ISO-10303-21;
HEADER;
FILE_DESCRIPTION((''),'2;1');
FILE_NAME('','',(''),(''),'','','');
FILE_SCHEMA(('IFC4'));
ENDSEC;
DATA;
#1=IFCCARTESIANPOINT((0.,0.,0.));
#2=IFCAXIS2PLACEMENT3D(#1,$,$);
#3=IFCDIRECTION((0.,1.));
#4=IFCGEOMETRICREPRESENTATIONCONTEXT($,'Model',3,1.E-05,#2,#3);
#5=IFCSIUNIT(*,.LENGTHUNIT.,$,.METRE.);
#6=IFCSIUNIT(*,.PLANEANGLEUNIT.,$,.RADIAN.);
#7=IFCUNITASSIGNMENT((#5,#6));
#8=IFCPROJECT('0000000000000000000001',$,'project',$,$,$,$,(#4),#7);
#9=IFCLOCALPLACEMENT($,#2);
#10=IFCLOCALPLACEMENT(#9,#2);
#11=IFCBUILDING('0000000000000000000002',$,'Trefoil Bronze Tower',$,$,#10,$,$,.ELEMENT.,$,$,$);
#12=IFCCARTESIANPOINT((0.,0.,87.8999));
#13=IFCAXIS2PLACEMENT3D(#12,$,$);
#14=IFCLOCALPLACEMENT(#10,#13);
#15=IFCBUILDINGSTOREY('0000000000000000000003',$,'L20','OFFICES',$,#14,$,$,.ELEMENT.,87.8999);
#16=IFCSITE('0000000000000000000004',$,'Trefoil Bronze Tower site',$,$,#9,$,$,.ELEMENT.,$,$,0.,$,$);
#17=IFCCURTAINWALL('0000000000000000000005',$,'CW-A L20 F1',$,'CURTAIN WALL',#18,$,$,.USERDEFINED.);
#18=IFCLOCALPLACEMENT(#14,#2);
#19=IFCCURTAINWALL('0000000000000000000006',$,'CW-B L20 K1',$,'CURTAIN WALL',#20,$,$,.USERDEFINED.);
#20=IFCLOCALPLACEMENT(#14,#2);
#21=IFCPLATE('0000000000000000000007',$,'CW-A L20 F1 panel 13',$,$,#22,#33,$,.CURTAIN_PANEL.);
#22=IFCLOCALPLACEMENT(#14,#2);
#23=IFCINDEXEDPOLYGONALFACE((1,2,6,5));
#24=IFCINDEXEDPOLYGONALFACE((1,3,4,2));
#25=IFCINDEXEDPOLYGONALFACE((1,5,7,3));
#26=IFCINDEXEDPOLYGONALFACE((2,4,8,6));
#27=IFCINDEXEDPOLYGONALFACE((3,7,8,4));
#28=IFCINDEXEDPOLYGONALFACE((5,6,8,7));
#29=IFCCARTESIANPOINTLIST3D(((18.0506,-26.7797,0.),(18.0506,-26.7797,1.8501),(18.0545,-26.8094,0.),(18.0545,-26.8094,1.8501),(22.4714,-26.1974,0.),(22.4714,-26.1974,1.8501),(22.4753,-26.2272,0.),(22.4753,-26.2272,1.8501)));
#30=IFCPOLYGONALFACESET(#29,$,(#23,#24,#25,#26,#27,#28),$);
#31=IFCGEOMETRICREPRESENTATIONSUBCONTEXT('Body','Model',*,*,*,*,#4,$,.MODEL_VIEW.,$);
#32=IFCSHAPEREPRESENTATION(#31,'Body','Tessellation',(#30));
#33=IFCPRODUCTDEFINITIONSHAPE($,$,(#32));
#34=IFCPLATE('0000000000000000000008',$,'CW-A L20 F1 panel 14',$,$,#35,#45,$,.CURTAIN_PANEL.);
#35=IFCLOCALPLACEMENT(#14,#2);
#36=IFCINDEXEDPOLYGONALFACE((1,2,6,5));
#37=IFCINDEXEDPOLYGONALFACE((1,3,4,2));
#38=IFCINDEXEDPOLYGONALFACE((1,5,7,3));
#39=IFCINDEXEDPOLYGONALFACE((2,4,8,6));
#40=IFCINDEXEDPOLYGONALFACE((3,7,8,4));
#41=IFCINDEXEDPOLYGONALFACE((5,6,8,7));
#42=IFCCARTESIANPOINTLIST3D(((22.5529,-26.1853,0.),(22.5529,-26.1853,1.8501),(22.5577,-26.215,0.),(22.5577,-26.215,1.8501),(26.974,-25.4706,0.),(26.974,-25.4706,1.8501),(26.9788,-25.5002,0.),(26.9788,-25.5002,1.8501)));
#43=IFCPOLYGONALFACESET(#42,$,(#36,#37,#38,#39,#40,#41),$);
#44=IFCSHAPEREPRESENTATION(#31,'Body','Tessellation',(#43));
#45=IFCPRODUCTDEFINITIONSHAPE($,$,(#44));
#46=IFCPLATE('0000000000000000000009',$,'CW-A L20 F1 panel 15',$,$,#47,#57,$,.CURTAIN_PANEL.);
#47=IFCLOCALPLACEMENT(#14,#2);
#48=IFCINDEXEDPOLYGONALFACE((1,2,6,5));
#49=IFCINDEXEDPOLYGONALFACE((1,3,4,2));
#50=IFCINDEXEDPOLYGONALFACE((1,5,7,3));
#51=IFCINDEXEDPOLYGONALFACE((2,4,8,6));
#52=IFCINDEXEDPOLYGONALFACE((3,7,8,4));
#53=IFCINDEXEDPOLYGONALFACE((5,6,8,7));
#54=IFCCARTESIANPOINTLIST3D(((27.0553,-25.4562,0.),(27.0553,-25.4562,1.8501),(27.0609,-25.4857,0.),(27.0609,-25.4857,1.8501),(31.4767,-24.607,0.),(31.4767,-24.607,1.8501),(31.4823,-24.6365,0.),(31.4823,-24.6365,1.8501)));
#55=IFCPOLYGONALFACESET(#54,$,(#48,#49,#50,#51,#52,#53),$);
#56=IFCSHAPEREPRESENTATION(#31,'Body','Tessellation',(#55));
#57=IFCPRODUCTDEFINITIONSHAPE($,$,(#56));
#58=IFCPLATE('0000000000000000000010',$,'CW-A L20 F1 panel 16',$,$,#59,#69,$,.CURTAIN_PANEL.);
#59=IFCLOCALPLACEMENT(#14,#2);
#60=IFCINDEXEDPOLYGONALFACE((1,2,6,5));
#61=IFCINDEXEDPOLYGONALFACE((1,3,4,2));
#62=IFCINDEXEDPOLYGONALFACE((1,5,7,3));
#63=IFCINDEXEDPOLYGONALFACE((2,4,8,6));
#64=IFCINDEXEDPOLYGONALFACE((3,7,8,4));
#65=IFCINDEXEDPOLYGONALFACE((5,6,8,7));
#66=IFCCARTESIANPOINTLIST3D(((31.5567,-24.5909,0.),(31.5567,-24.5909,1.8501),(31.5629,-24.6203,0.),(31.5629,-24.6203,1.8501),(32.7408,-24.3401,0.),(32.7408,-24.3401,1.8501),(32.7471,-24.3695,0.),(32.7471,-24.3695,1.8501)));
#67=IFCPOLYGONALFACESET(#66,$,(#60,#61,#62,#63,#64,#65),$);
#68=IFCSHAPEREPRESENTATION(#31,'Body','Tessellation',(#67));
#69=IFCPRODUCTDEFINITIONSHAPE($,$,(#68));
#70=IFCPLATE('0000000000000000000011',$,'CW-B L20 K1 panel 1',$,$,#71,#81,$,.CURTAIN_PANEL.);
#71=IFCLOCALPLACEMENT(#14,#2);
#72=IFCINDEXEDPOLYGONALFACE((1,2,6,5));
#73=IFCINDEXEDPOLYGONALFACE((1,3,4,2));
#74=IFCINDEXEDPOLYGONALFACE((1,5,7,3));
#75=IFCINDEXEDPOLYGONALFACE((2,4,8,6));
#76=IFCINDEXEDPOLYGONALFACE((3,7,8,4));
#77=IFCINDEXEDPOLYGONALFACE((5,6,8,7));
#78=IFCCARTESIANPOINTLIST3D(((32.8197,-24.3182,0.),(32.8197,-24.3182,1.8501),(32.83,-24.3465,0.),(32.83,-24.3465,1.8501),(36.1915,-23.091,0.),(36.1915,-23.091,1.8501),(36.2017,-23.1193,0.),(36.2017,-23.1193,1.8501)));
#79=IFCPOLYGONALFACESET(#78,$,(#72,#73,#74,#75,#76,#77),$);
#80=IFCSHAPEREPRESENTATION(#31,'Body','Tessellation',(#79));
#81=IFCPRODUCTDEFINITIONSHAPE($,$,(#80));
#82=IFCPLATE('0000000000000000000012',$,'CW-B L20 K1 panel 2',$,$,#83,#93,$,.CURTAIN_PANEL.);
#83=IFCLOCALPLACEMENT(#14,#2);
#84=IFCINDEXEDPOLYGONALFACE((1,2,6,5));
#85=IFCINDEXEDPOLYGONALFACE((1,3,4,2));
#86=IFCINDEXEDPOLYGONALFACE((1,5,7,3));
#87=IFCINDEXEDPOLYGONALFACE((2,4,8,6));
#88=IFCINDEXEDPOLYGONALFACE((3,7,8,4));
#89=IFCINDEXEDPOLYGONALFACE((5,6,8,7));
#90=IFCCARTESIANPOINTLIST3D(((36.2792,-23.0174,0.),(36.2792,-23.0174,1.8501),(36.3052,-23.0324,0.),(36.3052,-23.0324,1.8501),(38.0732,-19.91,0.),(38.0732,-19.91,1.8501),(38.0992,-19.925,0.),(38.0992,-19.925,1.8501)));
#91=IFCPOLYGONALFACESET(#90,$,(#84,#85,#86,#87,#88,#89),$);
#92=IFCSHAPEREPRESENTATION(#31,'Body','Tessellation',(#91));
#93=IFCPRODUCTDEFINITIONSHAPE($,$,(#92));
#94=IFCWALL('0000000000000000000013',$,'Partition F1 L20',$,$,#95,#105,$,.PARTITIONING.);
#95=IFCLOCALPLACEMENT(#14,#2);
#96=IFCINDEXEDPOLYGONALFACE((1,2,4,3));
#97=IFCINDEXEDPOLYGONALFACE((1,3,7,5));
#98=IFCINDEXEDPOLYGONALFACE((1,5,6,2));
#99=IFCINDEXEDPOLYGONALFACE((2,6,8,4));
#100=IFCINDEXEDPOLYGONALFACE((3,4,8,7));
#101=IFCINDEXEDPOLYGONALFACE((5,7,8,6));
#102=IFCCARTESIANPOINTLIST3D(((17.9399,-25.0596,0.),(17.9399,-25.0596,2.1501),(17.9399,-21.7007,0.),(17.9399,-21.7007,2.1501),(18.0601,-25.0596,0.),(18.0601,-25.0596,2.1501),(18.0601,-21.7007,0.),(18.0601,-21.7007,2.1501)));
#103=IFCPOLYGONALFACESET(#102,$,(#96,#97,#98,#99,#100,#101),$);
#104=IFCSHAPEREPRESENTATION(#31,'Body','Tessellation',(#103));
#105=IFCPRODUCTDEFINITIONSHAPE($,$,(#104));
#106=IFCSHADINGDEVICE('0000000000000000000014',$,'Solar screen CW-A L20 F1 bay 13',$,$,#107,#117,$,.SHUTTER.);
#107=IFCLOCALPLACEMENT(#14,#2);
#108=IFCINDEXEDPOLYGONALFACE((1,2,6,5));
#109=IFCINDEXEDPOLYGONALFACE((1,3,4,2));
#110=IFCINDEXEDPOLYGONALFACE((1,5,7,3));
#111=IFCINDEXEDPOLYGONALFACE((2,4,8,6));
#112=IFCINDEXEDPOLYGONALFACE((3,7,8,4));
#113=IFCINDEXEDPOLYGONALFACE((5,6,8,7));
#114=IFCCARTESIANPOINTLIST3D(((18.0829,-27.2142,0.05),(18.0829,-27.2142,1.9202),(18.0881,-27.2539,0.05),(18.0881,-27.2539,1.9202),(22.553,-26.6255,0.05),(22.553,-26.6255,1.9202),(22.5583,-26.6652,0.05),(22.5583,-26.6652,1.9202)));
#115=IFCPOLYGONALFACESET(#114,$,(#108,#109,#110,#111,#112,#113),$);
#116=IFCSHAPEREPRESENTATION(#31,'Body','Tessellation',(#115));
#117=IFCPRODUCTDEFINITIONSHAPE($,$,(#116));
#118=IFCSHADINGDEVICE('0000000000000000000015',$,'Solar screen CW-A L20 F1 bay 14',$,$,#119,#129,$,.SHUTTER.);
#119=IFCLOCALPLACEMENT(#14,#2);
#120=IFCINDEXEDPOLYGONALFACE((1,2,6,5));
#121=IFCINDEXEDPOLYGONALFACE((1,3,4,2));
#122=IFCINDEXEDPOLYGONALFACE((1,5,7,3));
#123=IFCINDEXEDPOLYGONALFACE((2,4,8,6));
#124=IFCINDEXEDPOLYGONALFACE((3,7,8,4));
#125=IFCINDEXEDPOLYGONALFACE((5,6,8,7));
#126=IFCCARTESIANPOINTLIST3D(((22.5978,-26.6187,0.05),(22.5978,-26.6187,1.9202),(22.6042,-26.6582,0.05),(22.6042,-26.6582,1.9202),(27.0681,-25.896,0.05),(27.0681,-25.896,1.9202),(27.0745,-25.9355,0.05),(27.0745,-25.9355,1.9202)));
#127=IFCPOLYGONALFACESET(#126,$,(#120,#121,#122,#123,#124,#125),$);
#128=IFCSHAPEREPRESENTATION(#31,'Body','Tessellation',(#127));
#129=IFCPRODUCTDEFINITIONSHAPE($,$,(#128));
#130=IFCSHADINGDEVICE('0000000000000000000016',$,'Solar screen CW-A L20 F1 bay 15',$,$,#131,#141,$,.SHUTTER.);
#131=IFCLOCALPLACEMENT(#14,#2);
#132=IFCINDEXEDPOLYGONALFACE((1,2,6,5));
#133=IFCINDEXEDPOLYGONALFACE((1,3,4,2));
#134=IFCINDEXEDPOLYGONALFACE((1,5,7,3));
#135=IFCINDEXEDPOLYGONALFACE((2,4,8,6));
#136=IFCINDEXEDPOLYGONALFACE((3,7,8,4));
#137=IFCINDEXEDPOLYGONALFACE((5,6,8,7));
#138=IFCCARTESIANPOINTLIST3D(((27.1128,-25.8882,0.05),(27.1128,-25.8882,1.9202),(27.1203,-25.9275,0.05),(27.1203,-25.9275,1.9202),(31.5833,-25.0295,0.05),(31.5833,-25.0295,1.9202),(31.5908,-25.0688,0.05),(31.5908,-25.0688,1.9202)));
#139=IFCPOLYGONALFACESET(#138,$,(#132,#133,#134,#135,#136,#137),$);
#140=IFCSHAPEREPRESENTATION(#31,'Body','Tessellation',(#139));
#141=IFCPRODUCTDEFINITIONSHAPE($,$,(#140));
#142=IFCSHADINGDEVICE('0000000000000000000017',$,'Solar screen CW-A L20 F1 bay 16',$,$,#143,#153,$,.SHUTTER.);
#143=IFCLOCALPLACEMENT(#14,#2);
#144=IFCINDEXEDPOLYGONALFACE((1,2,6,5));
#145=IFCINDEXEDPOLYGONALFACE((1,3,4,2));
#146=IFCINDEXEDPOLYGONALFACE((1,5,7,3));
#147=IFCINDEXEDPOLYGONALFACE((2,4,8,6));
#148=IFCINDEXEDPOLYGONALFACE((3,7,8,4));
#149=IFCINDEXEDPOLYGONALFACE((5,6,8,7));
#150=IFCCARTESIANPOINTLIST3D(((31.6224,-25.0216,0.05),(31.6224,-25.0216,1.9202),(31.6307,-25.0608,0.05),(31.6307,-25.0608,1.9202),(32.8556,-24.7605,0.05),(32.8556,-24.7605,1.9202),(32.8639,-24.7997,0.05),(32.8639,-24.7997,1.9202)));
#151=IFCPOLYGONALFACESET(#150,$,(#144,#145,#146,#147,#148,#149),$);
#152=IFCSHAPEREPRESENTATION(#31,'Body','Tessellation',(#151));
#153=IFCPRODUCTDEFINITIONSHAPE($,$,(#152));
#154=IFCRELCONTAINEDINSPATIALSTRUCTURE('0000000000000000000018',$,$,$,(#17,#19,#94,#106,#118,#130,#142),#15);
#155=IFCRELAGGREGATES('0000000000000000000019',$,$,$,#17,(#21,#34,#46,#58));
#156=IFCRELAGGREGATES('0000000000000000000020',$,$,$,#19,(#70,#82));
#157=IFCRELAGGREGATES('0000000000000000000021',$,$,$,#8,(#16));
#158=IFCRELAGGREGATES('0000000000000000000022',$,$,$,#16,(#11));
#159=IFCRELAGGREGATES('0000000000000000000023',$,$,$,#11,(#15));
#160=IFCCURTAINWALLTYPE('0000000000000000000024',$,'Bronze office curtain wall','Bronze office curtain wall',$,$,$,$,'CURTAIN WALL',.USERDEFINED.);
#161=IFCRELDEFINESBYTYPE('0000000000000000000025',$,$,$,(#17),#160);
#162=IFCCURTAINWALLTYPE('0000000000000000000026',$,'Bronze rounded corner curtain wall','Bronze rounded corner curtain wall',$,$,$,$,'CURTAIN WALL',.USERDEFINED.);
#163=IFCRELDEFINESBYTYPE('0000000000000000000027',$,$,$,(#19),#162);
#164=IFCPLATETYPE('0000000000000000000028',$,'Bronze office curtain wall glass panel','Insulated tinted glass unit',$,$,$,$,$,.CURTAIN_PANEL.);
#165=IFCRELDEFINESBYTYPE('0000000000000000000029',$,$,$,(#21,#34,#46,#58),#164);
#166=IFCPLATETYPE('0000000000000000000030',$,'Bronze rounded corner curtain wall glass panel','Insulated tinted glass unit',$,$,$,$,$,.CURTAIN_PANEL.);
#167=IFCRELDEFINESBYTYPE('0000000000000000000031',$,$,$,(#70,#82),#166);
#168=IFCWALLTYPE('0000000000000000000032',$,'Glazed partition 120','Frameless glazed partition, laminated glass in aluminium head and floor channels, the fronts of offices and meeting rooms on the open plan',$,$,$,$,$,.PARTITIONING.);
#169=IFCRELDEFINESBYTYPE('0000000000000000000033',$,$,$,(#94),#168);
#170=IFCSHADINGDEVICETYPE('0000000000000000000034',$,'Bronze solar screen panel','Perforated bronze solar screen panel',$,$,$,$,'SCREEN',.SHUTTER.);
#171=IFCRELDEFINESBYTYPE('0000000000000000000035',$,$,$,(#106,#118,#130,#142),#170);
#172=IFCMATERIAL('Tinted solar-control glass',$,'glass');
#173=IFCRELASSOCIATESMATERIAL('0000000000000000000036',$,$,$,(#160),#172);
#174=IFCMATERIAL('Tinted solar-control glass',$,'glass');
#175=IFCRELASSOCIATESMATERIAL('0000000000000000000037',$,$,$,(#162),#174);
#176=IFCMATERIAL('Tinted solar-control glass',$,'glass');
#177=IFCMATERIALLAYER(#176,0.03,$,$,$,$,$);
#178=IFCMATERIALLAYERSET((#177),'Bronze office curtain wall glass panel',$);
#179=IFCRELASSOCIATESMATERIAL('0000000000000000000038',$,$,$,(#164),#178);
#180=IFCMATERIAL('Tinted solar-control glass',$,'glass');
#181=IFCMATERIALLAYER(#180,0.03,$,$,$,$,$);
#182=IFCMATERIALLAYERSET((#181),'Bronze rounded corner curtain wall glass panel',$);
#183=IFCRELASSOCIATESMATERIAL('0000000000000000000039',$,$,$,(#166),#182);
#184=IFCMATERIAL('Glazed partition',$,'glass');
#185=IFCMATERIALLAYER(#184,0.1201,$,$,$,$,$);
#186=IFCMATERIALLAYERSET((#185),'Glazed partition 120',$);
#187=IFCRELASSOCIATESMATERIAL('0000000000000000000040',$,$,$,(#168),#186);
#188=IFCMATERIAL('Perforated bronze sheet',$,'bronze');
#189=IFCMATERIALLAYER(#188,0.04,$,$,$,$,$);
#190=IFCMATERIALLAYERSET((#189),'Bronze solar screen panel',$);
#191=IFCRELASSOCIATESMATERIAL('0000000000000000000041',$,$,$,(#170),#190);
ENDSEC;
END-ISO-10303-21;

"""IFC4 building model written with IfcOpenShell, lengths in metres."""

from ifc_helpers import new_model, si_unit, direction, frame, frame_2d, origin, origin_2d, place, context, subcontext, project, spatial, rectangle, extrude, material, layer, layer_set, type_object, element, aggregate, save


model = new_model("IFC4")

# Units and contexts
model_context = context("Model", 3, precision=1e-05, world=origin(), true_north=direction((0.0, 1.0)))
body_context = subcontext(model_context, "Body", "Model", "MODEL_VIEW")
ifc_project = project(units=[si_unit("LENGTHUNIT", "METRE"), si_unit("PLANEANGLEUNIT", "RADIAN")], contexts=[model_context])

# Site, building, storey
site_placement = place(None, origin())
site = spatial("IfcSite", under=ifc_project, at=site_placement, Name="Trefoil Bronze Tower site", CompositionType="ELEMENT", RefElevation=0.0)
building_placement = place(site_placement, origin())
building = spatial("IfcBuilding", under=site, at=building_placement, Name="Trefoil Bronze Tower", CompositionType="ELEMENT")
storey_placement = place(building_placement, frame((0.0, 0.0, 87.8999)))
storey = spatial("IfcBuildingStorey", under=building, at=storey_placement, Name="L20", Description="OFFICES", CompositionType="ELEMENT", Elevation=87.8999)

# Curtain walls
ifc_material_1 = material(Name="Tinted solar-control glass", Category="glass")
curtain_wall_type_1 = type_object("IfcCurtainWallType", Name="Bronze office curtain wall", Description="Bronze office curtain wall", ElementType="CURTAIN WALL", PredefinedType="USERDEFINED", material=ifc_material_1)
curtain_wall_1_placement = place(storey_placement, origin())
curtain_wall_1 = element("IfcCurtainWall", 1, at=curtain_wall_1_placement, inside=storey, type_object=curtain_wall_type_1, Name="CW-A L20 F1", ObjectType="CURTAIN WALL", PredefinedType="USERDEFINED")
ifc_material_2 = material(Name="Tinted solar-control glass", Category="glass")
curtain_wall_type_2 = type_object("IfcCurtainWallType", Name="Bronze rounded corner curtain wall", Description="Bronze rounded corner curtain wall", ElementType="CURTAIN WALL", PredefinedType="USERDEFINED", material=ifc_material_2)
curtain_wall_2_placement = place(storey_placement, origin())
curtain_wall_2 = element("IfcCurtainWall", 2, at=curtain_wall_2_placement, inside=storey, type_object=curtain_wall_type_2, Name="CW-B L20 K1", ObjectType="CURTAIN WALL", PredefinedType="USERDEFINED")

# Plates
ifc_material_3 = material(Name="Tinted solar-control glass", Category="glass")
ifc_layer_1 = layer(ifc_material_3, 0.03)
ifc_layer_set_1 = layer_set([ifc_layer_1], Name="Bronze office curtain wall glass panel")
plate_type_1 = type_object("IfcPlateType", Name="Bronze office curtain wall glass panel", Description="Insulated tinted glass unit", PredefinedType="CURTAIN_PANEL", material=ifc_layer_set_1)
plate_1_placement = place(storey_placement, frame((20.2629, -26.5034, 0.0), z_axis=(0.0, 0.0, 1.0), x_axis=(0.991437, 0.130584, 0.0)))
plate_1 = element("IfcPlate", 3, at=plate_1_placement, type_object=plate_type_1, Name="CW-A L20 F1 panel 13", PredefinedType="CURTAIN_PANEL", context=body_context, shape_type="SweptSolid", body=[
    extrude(rectangle(XDim=4.459, YDim=0.03, at=origin_2d()), origin(), (0.0, 0.0, 1.0), 1.8501),
])
plate_2_placement = place(storey_placement, frame((24.7659, -25.8428, 0.0), z_axis=(0.0, 0.0, 1.0), x_axis=(0.987181, 0.159603, 0.0)))
plate_2 = element("IfcPlate", 4, at=plate_2_placement, type_object=plate_type_1, Name="CW-A L20 F1 panel 14", PredefinedType="CURTAIN_PANEL", context=body_context, shape_type="SweptSolid", body=[
    extrude(rectangle(XDim=4.4785, YDim=0.03, at=origin_2d()), origin(), (0.0, 0.0, 1.0), 1.8501),
])
plate_3_placement = place(storey_placement, frame((29.2688, -25.0464, 0.0), z_axis=(0.0, 0.0, 1.0), x_axis=(0.98205, 0.188622, 0.0)))
plate_3 = element("IfcPlate", 5, at=plate_3_placement, type_object=plate_type_1, Name="CW-A L20 F1 panel 15", PredefinedType="CURTAIN_PANEL", context=body_context, shape_type="SweptSolid", body=[
    extrude(rectangle(XDim=4.5022, YDim=0.03, at=origin_2d()), origin(), (0.0, 0.0, 1.0), 1.8501),
])
plate_4_placement = place(storey_placement, frame((32.1519, -24.4802, 0.0), z_axis=(0.0, 0.0, 1.0), x_axis=(0.978303, 0.207181, 0.0)))
plate_4 = element("IfcPlate", 6, at=plate_4_placement, type_object=plate_type_1, Name="CW-A L20 F1 panel 16", PredefinedType="CURTAIN_PANEL", context=body_context, shape_type="SweptSolid", body=[
    extrude(rectangle(XDim=1.2104, YDim=0.03, at=origin_2d()), origin(), (0.0, 0.0, 1.0), 1.8501),
])
aggregate(curtain_wall_1, [plate_1, plate_2, plate_3, plate_4])
ifc_material_4 = material(Name="Tinted solar-control glass", Category="glass")
ifc_layer_2 = layer(ifc_material_4, 0.03)
ifc_layer_set_2 = layer_set([ifc_layer_2], Name="Bronze rounded corner curtain wall glass panel")
plate_type_2 = type_object("IfcPlateType", Name="Bronze rounded corner curtain wall glass panel", Description="Insulated tinted glass unit", PredefinedType="CURTAIN_PANEL", material=ifc_layer_set_2)
plate_5_placement = place(storey_placement, frame((34.5107, -23.7188, 0.0), z_axis=(0.0, 0.0, 1.0), x_axis=(0.939693, 0.34202, 0.0)))
plate_5 = element("IfcPlate", 7, at=plate_5_placement, type_object=plate_type_2, Name="CW-B L20 K1 panel 1", PredefinedType="CURTAIN_PANEL", context=body_context, shape_type="SweptSolid", body=[
    extrude(rectangle(XDim=3.5881, YDim=0.03, at=origin_2d()), origin(), (0.0, 0.0, 1.0), 1.8501),
])
plate_6_placement = place(storey_placement, frame((37.1892, -21.4712, 0.0), z_axis=(0.0, 0.0, 1.0), x_axis=(0.5, 0.866025, 0.0)))
plate_6 = element("IfcPlate", 8, at=plate_6_placement, type_object=plate_type_2, Name="CW-B L20 K1 panel 2", PredefinedType="CURTAIN_PANEL", context=body_context, shape_type="SweptSolid", body=[
    extrude(rectangle(XDim=3.5881, YDim=0.03, at=origin_2d()), origin(), (0.0, 0.0, 1.0), 1.8501),
])
aggregate(curtain_wall_2, [plate_5, plate_6])

# Wall
ifc_material_5 = material(Name="Glazed partition", Category="glass")
ifc_layer_3 = layer(ifc_material_5, 0.1201)
ifc_layer_set_3 = layer_set([ifc_layer_3], Name="Glazed partition 120")
wall_type = type_object("IfcWallType", Name="Glazed partition 120", Description="Frameless glazed partition, laminated glass in aluminium head and floor channels, the fronts of offices and meeting rooms on the open plan", PredefinedType="PARTITIONING", material=ifc_layer_set_3)
wall_placement = place(storey_placement, frame((18.0, -21.7007, 0.0), z_axis=(0.0, 0.0, 1.0), x_axis=(0.0, -1.0, 0.0)))
element("IfcWall", 9, at=wall_placement, inside=storey, type_object=wall_type, Name="Partition F1 L20", PredefinedType="PARTITIONING", context=body_context, shape_type="SweptSolid", body=[
    extrude(rectangle(XDim=3.3589, YDim=0.1201, at=frame_2d((1.6794, 0.0))), origin(), (0.0, 0.0, 1.0), 2.1501),
])

# Shading devices
ifc_material_6 = material(Name="Perforated bronze sheet", Category="bronze")
ifc_layer_4 = layer(ifc_material_6, 0.04)
ifc_layer_set_4 = layer_set([ifc_layer_4], Name="Bronze solar screen panel")
shading_device_type = type_object("IfcShadingDeviceType", Name="Bronze solar screen panel", Description="Perforated bronze solar screen panel", ElementType="SCREEN", PredefinedType="SHUTTER", material=ifc_layer_set_4)
shading_device_1_placement = place(storey_placement, frame((20.3206, -26.9397, 0.05), z_axis=(0.0, 0.0, 1.0), x_axis=(0.991437, 0.130584, 0.0)))
element("IfcShadingDevice", 10, at=shading_device_1_placement, inside=storey, type_object=shading_device_type, Name="Solar screen CW-A L20 F1 bay 13", PredefinedType="SHUTTER", context=body_context, shape_type="SweptSolid", body=[
    extrude(rectangle(XDim=4.5088, YDim=0.04, at=origin_2d()), origin(), (0.0, 0.0, 1.0), 1.8701),
])
shading_device_2_placement = place(storey_placement, frame((24.8362, -26.2771, 0.05), z_axis=(0.0, 0.0, 1.0), x_axis=(0.987181, 0.159603, 0.0)))
element("IfcShadingDevice", 11, at=shading_device_2_placement, inside=storey, type_object=shading_device_type, Name="Solar screen CW-A L20 F1 bay 14", PredefinedType="SHUTTER", context=body_context, shape_type="SweptSolid", body=[
    extrude(rectangle(XDim=4.5283, YDim=0.04, at=origin_2d()), origin(), (0.0, 0.0, 1.0), 1.8701),
])
shading_device_3_placement = place(storey_placement, frame((29.3518, -25.4785, 0.05), z_axis=(0.0, 0.0, 1.0), x_axis=(0.98205, 0.188622, 0.0)))
element("IfcShadingDevice", 12, at=shading_device_3_placement, inside=storey, type_object=shading_device_type, Name="Solar screen CW-A L20 F1 bay 15", PredefinedType="SHUTTER", context=body_context, shape_type="SweptSolid", body=[
    extrude(rectangle(XDim=4.5522, YDim=0.04, at=origin_2d()), origin(), (0.0, 0.0, 1.0), 1.8701),
])
shading_device_4_placement = place(storey_placement, frame((32.2432, -24.9106, 0.05), z_axis=(0.0, 0.0, 1.0), x_axis=(0.978303, 0.207181, 0.0)))
element("IfcShadingDevice", 13, at=shading_device_4_placement, inside=storey, type_object=shading_device_type, Name="Solar screen CW-A L20 F1 bay 16", PredefinedType="SHUTTER", context=body_context, shape_type="SweptSolid", body=[
    extrude(rectangle(XDim=1.2605, YDim=0.04, at=origin_2d()), origin(), (0.0, 0.0, 1.0), 1.8701),
])

save(model, "model.ifc")
